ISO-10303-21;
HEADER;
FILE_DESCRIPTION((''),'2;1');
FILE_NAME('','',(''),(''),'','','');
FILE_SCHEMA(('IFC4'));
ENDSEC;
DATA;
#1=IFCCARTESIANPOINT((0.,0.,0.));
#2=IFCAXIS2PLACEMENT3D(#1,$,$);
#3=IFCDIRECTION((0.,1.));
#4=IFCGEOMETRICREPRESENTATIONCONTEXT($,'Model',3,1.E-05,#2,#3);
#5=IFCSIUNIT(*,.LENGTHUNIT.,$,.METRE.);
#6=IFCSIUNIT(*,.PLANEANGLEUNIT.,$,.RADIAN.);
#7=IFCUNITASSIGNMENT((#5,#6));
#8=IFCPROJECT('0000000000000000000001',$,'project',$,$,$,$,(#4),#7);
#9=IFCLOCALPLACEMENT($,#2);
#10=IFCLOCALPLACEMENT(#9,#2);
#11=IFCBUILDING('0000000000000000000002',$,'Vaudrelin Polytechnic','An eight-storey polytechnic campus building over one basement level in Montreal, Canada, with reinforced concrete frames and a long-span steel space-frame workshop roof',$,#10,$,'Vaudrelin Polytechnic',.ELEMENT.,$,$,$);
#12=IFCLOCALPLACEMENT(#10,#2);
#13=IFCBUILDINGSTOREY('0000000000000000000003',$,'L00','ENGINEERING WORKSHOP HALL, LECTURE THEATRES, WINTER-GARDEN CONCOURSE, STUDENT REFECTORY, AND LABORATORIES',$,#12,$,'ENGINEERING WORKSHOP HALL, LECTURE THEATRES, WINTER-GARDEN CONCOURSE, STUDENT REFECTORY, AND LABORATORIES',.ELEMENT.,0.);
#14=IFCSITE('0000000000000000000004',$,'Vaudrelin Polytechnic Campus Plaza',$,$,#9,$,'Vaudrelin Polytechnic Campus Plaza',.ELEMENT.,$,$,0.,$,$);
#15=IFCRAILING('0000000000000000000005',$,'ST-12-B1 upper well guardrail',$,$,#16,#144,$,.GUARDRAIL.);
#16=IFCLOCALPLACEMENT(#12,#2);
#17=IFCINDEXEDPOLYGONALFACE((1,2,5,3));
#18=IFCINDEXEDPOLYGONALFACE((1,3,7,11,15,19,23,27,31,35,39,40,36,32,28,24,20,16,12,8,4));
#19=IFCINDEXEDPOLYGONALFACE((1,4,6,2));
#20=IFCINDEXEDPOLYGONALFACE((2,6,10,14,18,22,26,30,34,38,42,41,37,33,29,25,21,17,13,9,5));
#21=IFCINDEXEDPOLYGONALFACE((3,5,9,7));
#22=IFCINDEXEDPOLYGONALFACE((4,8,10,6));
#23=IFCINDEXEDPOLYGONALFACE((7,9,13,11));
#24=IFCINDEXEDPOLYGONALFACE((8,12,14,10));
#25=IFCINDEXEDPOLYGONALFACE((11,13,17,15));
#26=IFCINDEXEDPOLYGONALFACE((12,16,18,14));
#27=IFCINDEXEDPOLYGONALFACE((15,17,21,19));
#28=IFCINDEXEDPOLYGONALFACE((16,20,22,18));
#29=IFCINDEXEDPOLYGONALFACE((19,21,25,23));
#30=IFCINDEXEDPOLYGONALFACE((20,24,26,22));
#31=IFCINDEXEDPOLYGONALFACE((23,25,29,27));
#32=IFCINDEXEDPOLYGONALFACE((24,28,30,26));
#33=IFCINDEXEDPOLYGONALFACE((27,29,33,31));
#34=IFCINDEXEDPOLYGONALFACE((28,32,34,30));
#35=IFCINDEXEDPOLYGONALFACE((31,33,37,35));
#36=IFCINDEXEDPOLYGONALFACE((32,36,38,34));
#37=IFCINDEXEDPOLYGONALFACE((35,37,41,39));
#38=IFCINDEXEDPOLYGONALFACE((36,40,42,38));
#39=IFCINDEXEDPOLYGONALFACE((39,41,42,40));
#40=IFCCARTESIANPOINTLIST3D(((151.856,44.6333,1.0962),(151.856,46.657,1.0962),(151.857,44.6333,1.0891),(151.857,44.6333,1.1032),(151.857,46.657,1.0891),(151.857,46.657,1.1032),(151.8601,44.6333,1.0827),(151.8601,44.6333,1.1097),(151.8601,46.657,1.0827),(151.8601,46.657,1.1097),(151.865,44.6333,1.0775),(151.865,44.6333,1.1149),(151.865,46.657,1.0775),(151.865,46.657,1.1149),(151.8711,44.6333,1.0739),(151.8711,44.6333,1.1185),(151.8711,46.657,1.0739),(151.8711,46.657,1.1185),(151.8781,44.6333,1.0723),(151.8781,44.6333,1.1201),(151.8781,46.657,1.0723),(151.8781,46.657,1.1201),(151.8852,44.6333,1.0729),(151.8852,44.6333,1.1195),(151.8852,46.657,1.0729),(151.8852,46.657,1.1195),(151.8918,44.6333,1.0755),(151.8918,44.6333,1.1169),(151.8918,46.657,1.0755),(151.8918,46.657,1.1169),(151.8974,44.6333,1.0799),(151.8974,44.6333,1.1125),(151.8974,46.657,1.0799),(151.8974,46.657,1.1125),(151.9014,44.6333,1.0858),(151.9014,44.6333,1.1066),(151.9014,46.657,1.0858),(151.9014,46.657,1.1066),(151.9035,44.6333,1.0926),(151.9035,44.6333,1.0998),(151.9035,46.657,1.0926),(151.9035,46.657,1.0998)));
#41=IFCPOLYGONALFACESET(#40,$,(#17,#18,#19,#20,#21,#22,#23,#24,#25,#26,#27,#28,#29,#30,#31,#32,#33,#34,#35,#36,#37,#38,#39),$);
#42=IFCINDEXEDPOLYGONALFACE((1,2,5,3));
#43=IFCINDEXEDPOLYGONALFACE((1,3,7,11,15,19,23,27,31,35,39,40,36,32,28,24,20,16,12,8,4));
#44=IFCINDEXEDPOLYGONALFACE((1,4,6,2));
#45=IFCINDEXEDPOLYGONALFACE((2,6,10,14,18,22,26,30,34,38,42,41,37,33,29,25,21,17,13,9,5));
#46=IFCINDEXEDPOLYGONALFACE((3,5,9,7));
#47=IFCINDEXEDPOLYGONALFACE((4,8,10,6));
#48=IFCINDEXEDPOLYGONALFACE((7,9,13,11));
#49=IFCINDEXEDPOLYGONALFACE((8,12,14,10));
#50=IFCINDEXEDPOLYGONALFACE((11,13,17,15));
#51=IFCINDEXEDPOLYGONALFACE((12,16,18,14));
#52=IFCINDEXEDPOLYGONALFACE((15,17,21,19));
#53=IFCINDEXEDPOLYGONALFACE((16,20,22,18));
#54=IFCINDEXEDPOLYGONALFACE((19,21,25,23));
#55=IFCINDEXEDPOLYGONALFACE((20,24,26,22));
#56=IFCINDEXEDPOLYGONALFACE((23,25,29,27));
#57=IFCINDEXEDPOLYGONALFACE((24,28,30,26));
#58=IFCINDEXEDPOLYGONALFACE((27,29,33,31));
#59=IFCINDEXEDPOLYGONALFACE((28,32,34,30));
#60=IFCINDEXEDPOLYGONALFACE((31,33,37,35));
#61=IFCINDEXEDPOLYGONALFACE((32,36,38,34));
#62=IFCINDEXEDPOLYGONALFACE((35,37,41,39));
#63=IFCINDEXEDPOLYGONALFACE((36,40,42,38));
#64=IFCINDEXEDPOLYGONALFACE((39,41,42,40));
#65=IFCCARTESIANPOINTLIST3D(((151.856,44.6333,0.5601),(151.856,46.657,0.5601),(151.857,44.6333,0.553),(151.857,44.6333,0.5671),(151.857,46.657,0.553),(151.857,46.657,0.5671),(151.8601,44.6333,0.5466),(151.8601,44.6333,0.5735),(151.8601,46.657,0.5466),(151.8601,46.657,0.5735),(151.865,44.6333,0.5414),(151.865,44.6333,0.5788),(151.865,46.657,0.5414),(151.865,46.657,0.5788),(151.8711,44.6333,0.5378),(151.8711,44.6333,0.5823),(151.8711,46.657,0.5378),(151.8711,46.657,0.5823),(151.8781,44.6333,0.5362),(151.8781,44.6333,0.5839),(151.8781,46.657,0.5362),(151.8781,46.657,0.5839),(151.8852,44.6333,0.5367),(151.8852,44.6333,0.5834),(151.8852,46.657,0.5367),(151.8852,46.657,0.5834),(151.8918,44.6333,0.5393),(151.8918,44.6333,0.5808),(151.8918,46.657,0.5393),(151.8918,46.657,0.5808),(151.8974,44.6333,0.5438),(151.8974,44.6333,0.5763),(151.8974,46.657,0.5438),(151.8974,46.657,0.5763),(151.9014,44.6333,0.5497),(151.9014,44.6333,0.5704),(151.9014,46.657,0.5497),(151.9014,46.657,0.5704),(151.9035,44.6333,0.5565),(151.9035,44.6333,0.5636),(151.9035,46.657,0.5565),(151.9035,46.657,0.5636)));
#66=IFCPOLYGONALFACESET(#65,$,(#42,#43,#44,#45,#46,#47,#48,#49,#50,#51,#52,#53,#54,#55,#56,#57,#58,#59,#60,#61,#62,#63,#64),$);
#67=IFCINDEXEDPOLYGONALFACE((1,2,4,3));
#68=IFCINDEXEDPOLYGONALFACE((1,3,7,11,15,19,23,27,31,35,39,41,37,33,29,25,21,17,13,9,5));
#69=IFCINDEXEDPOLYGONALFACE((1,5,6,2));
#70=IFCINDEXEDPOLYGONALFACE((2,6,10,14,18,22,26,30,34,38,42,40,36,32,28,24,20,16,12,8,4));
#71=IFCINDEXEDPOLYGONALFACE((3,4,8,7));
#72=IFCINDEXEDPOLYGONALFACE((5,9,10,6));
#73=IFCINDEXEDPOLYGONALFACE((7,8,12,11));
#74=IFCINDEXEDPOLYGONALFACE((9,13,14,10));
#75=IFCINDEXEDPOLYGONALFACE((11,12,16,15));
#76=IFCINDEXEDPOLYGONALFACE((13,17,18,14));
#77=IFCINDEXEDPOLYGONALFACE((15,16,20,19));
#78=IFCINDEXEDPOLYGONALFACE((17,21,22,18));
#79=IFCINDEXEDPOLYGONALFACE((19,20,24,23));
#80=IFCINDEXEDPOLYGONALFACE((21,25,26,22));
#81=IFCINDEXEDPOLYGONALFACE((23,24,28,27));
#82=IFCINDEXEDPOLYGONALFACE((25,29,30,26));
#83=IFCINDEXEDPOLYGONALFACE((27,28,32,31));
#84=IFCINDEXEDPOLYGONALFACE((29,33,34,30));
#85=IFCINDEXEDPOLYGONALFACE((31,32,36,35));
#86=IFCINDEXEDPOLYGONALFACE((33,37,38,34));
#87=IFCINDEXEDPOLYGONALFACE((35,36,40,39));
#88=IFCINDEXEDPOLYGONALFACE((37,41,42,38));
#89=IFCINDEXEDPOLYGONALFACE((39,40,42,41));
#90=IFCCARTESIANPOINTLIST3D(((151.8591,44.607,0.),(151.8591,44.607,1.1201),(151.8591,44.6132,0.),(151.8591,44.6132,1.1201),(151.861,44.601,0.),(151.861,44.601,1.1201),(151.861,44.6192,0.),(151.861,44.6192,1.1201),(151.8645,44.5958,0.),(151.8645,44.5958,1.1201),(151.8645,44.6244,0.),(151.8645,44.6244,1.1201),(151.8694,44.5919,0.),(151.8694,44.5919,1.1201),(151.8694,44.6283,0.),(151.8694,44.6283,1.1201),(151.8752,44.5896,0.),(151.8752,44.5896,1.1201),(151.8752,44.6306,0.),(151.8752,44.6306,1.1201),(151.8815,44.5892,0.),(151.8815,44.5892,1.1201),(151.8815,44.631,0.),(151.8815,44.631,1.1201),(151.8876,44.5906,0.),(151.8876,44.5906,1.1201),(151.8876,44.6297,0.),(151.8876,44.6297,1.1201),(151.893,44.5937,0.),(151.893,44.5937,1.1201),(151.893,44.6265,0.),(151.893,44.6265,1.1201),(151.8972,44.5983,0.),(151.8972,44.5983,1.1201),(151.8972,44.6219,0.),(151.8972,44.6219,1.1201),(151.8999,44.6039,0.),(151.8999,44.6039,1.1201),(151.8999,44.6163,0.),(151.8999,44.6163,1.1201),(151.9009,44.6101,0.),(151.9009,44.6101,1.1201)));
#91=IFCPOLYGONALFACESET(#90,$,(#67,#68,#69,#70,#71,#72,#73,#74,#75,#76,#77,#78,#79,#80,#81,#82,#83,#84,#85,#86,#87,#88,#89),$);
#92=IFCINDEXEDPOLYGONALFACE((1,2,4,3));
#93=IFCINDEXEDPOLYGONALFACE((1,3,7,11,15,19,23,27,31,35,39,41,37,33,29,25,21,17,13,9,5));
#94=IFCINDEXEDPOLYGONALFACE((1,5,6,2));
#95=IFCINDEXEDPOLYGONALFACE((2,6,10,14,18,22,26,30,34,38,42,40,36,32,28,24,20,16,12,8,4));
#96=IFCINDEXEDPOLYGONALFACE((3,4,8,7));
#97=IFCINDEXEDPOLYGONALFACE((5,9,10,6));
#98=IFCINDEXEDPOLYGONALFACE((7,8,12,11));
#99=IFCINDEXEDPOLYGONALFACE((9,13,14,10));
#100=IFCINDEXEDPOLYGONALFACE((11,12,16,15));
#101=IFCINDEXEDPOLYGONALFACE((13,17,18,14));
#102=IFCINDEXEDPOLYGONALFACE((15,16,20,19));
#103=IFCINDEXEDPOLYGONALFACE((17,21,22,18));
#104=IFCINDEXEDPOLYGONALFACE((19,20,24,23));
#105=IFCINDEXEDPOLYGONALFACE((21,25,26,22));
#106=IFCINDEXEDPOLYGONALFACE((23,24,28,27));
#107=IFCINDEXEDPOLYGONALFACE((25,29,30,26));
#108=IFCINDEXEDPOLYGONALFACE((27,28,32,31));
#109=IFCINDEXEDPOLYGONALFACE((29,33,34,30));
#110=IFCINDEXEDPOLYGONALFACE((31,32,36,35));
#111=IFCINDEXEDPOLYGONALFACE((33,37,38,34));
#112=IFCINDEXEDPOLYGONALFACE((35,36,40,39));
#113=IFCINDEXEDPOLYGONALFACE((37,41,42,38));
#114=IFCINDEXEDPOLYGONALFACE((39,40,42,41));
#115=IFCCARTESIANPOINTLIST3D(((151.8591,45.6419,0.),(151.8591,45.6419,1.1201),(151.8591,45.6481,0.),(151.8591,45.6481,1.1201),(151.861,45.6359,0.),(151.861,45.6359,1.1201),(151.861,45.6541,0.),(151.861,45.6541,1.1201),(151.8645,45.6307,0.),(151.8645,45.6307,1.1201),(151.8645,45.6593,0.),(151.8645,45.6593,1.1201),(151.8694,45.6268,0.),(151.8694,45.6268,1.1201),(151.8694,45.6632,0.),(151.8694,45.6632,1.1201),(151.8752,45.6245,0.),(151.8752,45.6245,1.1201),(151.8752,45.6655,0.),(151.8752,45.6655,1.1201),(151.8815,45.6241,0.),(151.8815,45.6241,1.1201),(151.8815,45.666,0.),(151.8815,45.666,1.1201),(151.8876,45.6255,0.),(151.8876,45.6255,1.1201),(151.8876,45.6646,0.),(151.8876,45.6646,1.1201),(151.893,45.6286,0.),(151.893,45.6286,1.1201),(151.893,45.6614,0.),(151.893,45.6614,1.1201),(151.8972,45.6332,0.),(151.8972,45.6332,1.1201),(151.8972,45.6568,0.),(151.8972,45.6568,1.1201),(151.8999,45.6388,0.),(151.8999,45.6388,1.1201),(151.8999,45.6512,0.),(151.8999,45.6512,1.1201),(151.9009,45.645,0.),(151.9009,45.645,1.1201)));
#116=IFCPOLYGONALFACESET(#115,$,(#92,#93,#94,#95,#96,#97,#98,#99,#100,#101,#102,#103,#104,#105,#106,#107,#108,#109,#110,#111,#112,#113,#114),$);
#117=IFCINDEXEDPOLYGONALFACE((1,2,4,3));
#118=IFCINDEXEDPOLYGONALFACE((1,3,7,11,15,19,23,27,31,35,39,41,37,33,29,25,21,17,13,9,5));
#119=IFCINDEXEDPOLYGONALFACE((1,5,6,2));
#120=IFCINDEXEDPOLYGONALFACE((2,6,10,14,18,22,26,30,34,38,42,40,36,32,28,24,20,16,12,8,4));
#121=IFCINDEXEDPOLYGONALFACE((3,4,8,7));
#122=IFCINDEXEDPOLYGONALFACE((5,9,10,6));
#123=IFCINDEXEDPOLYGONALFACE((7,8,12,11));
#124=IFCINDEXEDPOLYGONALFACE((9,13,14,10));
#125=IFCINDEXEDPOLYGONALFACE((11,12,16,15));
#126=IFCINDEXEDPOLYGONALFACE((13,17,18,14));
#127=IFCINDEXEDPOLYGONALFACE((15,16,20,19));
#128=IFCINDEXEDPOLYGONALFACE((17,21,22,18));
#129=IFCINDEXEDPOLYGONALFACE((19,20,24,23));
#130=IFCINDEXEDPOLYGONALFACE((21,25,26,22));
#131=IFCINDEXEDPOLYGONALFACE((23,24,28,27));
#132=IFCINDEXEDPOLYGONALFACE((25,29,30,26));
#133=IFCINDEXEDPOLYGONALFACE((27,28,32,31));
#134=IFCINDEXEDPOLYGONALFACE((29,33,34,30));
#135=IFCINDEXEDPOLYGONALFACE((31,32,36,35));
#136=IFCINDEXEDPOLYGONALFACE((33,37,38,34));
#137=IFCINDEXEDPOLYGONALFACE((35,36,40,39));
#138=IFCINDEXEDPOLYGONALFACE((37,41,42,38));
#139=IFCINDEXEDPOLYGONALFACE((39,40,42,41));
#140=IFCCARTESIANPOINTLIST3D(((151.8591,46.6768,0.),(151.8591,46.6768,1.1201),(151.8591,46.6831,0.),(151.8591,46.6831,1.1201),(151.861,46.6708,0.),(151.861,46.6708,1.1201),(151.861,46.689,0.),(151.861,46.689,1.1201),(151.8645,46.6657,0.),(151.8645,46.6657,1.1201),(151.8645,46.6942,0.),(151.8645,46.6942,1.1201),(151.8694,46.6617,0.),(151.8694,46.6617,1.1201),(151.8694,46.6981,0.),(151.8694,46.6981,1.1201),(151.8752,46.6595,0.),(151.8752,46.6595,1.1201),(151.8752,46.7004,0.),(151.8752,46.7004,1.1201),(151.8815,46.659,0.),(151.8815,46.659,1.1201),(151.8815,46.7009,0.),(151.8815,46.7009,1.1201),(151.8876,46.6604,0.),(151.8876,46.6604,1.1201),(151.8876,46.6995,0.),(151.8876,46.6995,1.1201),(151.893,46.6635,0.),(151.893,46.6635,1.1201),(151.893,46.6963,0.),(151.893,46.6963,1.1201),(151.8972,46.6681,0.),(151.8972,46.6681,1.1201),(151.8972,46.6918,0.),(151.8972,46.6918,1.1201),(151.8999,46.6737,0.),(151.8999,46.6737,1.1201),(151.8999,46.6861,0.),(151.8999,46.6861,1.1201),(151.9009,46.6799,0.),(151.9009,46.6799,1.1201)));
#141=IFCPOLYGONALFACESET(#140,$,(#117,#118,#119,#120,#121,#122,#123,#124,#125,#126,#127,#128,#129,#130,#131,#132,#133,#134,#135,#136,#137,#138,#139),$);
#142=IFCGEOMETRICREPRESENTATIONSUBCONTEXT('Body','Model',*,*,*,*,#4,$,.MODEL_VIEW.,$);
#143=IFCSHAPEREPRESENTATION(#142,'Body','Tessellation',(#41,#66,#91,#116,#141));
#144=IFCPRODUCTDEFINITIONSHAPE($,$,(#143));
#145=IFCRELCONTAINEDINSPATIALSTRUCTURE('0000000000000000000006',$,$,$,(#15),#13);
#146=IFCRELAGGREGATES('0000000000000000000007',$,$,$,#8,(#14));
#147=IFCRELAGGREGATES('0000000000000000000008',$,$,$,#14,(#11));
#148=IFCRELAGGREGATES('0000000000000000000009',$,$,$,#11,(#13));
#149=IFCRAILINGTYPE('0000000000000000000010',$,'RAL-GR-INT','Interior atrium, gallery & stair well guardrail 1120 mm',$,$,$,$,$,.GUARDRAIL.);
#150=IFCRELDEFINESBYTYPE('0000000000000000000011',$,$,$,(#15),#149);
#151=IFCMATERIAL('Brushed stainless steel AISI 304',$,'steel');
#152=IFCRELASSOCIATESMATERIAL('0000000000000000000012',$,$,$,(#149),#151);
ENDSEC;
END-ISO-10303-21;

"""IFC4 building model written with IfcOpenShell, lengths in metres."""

from ifc_helpers import new_model, si_unit, direction, frame, origin, origin_2d, place, context, subcontext, project, spatial, circle, extrude, material, type_object, element, save


model = new_model("IFC4")

# Units and contexts
model_context = context("Model", 3, precision=1e-05, world=origin(), true_north=direction((0.0, 1.0)))
body_context = subcontext(model_context, "Body", "Model", "MODEL_VIEW")
ifc_project = project(units=[si_unit("LENGTHUNIT", "METRE"), si_unit("PLANEANGLEUNIT", "RADIAN")], contexts=[model_context])

# Site, building, storey
site_placement = place(None, origin())
site = spatial("IfcSite", under=ifc_project, at=site_placement, Name="Vaudrelin Polytechnic Campus Plaza", LongName="Vaudrelin Polytechnic Campus Plaza", CompositionType="ELEMENT", RefElevation=0.0)
building_placement = place(site_placement, origin())
building = spatial("IfcBuilding", under=site, at=building_placement, Name="Vaudrelin Polytechnic", Description="An eight-storey polytechnic campus building over one basement level in Montreal, Canada, with reinforced concrete frames and a long-span steel space-frame workshop roof", LongName="Vaudrelin Polytechnic", CompositionType="ELEMENT")
storey_placement = place(building_placement, origin())
storey = spatial("IfcBuildingStorey", under=building, at=storey_placement, Name="L00", Description="ENGINEERING WORKSHOP HALL, LECTURE THEATRES, WINTER-GARDEN CONCOURSE, STUDENT REFECTORY, AND LABORATORIES", LongName="ENGINEERING WORKSHOP HALL, LECTURE THEATRES, WINTER-GARDEN CONCOURSE, STUDENT REFECTORY, AND LABORATORIES", CompositionType="ELEMENT", Elevation=0.0)

# Railing
ifc_material_1 = material(Name="Brushed stainless steel AISI 304", Category="steel")
railing_type_1 = type_object("IfcRailingType", Name="RAL-GR-INT", Description="Interior atrium, gallery & stair well guardrail 1120 mm", PredefinedType="GUARDRAIL", material=ifc_material_1)
railing_1_placement = place(storey_placement, frame((151.8799, 44.6101, 0.0)))
element("IfcRailing", 1, at=railing_1_placement, inside=storey, type_object=railing_type_1, Name="ST-12-B1 upper well guardrail", PredefinedType="GUARDRAIL", context=body_context, shape_type="SweptSolid", body=[
    extrude(circle(Radius=0.0239, at=origin_2d()), frame((0.0, 0.0232, 1.0962), z_axis=(0.0, 1.0, 0.0), x_axis=(-1.0, 0.0, 0.0)), (0.0, 0.0, 1.0), 2.0237),
    extrude(circle(Radius=0.0239, at=origin_2d()), frame((0.0, 0.0232, 0.5601), z_axis=(0.0, 1.0, 0.0), x_axis=(-1.0, 0.0, 0.0)), (0.0, 0.0, 1.0), 2.0237),
    extrude(circle(Radius=0.021, at=origin_2d()), origin(), (0.0, 0.0, 1.0), 1.1201),
    extrude(circle(Radius=0.021, at=origin_2d()), frame((0.0, 1.0349, 0.0)), (0.0, 0.0, 1.0), 1.1201),
    extrude(circle(Radius=0.021, at=origin_2d()), frame((0.0, 2.0698, 0.0)), (0.0, 0.0, 1.0), 1.1201),
])

save(model, "model.ifc")
